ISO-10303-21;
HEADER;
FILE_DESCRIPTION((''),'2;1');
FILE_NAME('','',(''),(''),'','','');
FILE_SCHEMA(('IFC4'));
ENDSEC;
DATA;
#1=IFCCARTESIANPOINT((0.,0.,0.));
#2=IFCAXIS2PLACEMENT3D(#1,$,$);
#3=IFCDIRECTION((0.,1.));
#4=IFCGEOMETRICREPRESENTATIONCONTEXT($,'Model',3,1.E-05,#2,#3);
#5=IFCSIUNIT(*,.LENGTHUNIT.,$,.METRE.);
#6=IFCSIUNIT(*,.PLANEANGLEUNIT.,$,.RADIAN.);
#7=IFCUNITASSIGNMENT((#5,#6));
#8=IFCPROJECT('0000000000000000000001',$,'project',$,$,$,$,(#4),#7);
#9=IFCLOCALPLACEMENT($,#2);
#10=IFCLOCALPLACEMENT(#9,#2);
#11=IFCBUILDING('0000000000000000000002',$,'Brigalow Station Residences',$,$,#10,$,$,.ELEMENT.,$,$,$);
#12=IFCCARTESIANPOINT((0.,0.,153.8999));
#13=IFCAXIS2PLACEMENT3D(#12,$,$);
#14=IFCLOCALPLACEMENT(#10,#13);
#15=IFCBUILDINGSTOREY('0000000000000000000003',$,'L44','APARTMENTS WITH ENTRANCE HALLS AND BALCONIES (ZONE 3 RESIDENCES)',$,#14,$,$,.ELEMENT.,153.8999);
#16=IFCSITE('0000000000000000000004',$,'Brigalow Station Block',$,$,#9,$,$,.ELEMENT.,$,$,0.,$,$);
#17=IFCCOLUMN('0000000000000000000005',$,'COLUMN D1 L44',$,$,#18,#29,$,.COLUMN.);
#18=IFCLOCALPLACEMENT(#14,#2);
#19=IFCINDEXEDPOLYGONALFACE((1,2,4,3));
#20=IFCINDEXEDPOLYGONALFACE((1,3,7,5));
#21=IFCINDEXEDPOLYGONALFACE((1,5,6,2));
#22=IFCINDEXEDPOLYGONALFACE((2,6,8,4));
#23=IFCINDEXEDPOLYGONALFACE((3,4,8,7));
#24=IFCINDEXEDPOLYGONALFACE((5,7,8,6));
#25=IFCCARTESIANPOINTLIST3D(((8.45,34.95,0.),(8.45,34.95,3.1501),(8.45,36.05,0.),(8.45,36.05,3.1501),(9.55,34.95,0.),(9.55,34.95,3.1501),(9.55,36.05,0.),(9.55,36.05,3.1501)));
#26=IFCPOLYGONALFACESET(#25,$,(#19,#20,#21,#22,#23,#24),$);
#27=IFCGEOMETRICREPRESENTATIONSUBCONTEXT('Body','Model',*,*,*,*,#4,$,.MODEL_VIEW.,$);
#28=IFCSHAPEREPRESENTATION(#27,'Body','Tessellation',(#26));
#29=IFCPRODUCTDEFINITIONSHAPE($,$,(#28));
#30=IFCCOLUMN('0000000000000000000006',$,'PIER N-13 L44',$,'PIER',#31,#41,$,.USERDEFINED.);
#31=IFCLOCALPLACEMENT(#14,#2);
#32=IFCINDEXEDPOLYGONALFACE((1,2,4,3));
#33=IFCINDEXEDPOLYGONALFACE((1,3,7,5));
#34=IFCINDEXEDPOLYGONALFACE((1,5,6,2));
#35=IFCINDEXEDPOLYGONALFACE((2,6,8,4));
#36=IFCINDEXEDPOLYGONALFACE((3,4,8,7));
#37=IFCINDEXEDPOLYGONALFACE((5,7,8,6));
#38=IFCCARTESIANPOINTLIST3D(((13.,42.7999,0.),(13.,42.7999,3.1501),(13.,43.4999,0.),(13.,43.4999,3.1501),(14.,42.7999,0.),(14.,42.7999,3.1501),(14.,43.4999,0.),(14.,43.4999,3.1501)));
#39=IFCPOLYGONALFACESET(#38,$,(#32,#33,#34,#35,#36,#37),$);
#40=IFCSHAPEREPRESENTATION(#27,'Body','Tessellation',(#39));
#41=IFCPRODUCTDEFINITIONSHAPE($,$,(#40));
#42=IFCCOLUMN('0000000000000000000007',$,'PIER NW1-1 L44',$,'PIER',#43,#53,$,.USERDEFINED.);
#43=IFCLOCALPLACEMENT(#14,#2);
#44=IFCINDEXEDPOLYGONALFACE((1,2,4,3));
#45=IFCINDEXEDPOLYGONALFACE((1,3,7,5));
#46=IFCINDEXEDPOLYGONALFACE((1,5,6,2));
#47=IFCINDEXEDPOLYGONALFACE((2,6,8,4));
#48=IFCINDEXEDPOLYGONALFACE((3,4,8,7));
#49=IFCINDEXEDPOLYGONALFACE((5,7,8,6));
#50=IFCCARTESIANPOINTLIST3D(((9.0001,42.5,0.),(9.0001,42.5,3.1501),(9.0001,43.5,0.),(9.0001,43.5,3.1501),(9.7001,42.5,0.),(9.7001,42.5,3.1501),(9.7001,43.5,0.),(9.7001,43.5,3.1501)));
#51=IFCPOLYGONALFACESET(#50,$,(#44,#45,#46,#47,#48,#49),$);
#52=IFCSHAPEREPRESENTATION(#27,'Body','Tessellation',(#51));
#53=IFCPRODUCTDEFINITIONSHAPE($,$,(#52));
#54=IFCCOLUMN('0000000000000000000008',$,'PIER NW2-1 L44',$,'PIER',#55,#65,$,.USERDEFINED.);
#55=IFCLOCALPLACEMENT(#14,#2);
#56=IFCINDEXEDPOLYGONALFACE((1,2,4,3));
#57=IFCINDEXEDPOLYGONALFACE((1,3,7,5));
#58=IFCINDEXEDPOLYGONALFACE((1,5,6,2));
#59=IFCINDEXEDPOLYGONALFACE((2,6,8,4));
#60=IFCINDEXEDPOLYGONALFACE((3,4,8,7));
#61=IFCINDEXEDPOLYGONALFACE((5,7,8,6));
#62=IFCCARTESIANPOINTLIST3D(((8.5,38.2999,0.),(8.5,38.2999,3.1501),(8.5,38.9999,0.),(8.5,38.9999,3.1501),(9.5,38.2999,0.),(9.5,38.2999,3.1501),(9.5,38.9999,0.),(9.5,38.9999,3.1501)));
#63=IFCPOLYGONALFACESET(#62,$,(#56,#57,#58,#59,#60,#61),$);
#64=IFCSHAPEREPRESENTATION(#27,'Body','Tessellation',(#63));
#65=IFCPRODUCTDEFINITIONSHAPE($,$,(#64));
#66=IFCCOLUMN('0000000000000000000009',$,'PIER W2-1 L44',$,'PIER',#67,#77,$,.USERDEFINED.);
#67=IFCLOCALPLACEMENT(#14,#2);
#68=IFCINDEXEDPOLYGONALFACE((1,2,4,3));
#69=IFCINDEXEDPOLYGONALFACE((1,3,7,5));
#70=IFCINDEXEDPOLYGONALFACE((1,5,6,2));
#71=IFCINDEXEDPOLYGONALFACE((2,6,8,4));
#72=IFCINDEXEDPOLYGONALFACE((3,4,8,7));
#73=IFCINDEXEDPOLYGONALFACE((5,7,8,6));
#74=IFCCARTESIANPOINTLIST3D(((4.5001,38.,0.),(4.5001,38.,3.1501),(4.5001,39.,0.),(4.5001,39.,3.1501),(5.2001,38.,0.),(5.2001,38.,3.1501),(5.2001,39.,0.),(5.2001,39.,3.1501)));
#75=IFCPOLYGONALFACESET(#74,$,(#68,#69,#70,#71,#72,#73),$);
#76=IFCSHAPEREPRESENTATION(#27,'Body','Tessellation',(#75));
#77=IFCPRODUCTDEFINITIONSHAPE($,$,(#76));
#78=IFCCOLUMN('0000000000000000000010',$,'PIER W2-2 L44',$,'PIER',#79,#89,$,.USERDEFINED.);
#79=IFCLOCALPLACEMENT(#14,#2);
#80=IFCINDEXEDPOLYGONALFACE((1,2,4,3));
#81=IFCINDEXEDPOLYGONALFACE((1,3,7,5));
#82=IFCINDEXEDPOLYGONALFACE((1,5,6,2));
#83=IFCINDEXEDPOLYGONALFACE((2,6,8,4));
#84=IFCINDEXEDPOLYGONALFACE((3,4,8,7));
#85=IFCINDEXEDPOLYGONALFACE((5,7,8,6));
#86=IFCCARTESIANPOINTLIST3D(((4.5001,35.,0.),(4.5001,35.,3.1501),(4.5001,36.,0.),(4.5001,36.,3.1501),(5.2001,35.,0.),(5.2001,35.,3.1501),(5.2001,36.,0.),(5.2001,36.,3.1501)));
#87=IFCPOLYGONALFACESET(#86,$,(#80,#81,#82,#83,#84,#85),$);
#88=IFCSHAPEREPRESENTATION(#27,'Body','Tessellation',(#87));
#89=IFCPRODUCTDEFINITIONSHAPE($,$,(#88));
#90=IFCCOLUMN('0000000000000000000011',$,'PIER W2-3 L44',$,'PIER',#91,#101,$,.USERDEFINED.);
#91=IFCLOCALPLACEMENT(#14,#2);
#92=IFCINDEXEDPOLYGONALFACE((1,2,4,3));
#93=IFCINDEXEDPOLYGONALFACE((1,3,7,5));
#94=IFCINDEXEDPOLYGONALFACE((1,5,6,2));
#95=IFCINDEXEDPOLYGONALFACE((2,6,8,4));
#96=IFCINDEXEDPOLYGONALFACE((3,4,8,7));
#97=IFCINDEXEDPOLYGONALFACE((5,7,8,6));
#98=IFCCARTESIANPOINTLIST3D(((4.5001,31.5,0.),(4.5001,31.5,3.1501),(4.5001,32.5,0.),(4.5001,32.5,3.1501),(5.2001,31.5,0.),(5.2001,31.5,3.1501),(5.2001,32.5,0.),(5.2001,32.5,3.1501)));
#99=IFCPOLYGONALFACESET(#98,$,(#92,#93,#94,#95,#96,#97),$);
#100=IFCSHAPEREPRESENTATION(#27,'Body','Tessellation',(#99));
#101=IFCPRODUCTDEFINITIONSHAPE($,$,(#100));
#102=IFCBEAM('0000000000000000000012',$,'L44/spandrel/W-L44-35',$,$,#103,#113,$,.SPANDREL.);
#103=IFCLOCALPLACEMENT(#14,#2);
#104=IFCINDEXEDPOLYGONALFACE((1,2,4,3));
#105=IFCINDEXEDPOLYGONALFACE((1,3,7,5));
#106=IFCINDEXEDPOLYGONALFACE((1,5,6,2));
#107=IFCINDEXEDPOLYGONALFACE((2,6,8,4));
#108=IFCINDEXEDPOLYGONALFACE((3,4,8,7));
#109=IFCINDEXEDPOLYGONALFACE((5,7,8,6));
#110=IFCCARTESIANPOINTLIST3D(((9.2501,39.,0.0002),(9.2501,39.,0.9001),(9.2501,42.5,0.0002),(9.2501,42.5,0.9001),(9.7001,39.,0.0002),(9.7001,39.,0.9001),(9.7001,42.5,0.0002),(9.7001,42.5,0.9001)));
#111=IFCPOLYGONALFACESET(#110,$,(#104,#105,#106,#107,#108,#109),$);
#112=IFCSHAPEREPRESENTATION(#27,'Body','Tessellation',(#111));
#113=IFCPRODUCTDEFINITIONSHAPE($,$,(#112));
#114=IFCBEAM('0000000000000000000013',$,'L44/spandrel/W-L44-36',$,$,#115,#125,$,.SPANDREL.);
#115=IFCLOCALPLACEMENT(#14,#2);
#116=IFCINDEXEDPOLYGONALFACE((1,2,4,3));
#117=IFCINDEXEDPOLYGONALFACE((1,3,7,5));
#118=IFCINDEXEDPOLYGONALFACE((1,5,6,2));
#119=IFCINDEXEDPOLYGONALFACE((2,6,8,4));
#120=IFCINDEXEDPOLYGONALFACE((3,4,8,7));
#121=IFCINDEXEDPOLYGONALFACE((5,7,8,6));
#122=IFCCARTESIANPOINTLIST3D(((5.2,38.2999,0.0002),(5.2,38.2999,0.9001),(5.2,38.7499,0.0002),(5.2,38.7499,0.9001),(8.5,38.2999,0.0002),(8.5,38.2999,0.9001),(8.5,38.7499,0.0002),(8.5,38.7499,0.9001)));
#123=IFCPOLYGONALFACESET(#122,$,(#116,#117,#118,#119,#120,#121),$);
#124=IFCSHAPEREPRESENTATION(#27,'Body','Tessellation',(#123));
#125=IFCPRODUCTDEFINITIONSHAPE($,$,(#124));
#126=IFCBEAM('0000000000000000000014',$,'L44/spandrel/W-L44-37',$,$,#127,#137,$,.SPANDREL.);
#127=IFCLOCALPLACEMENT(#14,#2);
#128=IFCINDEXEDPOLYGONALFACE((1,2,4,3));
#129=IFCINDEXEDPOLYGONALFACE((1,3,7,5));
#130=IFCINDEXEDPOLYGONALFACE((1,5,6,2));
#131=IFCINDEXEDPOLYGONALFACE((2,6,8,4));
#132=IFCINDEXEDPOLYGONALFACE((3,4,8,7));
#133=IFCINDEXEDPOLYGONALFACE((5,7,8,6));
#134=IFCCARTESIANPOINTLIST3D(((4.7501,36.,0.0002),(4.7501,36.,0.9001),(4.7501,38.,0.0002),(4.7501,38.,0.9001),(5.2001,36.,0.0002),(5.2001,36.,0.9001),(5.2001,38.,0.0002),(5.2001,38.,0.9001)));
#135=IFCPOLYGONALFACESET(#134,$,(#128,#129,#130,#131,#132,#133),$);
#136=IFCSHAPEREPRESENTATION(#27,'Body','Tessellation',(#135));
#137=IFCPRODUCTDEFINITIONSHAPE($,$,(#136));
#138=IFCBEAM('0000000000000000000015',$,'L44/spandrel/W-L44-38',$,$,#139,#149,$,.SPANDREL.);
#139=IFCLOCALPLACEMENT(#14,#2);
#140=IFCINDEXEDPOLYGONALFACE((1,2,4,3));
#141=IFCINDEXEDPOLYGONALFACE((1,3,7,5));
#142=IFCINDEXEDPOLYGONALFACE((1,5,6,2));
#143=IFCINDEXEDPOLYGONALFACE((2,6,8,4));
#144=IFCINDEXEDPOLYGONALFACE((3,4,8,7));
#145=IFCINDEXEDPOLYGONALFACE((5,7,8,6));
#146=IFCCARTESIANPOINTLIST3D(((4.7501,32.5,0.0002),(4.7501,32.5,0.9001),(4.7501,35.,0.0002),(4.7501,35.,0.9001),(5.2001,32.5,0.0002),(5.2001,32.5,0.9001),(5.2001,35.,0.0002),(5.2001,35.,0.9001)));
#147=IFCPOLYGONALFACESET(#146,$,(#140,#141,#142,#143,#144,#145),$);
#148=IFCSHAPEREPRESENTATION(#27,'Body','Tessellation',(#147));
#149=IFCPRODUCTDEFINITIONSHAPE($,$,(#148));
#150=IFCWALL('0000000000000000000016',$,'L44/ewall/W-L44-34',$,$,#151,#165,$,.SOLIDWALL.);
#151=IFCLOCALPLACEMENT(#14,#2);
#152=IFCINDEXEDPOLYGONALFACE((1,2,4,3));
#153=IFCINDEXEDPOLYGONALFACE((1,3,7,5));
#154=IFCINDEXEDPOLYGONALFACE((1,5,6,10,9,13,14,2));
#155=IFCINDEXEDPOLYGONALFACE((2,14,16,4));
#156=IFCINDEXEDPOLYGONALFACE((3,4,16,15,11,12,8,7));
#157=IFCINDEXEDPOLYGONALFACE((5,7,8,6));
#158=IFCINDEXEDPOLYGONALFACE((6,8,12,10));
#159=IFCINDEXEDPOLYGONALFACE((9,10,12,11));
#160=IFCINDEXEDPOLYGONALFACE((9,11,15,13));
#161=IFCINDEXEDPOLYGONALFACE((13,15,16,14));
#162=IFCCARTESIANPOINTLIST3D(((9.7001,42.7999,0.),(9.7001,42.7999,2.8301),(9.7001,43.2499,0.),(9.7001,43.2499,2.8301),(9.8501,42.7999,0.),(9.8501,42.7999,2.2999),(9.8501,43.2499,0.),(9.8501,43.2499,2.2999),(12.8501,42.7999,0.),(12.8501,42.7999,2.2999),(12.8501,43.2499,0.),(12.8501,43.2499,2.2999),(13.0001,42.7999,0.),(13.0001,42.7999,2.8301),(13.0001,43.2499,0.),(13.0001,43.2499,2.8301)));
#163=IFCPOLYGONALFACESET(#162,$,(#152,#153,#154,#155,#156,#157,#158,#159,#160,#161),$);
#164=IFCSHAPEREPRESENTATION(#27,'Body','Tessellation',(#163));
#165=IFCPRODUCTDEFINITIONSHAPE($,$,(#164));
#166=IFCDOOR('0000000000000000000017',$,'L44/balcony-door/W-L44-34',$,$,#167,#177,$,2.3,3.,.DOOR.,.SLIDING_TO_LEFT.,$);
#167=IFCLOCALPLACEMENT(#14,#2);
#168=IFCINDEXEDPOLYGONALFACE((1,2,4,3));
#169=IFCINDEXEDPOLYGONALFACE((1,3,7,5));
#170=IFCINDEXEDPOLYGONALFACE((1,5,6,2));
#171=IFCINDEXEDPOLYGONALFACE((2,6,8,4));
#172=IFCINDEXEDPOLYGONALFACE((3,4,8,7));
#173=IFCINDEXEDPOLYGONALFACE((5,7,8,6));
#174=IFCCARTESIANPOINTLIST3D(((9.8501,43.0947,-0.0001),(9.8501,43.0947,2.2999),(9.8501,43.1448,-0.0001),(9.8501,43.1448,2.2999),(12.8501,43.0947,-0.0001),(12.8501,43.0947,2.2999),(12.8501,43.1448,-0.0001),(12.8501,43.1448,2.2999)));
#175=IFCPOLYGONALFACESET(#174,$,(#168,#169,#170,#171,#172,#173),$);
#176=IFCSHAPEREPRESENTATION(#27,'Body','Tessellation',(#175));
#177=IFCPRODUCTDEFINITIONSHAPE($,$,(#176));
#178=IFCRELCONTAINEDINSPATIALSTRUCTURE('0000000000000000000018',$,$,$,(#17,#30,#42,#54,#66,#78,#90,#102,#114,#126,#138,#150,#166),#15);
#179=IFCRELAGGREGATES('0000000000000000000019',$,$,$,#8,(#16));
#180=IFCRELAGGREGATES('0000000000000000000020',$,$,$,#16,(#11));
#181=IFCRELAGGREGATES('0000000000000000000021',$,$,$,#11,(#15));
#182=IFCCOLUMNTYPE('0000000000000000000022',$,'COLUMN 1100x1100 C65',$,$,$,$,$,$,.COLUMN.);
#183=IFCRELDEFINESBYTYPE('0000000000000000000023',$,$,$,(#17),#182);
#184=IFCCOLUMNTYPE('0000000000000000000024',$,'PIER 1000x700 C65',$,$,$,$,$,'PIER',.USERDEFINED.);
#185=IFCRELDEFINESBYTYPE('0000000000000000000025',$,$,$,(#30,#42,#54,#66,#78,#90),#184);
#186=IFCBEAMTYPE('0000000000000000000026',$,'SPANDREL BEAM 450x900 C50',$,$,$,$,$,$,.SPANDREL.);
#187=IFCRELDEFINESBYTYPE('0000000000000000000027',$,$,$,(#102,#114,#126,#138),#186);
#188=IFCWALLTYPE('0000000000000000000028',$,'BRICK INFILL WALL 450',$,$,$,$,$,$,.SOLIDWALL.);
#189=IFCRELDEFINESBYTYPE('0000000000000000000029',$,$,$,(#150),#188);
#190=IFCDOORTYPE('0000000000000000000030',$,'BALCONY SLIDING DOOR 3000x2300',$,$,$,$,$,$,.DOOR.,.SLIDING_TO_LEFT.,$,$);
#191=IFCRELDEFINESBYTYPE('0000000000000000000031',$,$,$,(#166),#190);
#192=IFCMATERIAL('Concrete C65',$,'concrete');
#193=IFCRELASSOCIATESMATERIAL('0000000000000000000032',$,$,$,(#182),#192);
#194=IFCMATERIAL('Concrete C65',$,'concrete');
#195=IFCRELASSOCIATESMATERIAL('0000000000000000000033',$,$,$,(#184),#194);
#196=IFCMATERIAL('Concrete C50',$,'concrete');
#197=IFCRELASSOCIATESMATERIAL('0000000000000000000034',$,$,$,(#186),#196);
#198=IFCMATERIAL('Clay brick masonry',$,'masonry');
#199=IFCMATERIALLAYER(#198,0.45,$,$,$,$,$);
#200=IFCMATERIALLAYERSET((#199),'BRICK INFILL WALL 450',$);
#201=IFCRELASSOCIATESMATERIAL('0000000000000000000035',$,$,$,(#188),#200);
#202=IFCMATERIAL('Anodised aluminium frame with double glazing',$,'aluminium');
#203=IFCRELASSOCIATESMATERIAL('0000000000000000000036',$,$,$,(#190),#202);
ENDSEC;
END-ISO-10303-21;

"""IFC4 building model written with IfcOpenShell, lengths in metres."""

from ifc_helpers import new_model, si_unit, direction, frame, frame_2d, origin, origin_2d, place, context, subcontext, project, spatial, rectangle, extrude, material, layer, layer_set, material_profile, profile_set, type_object, element, fill, save


model = new_model("IFC4")

# Units and contexts
model_context = context("Model", 3, precision=1e-05, world=origin(), true_north=direction((0.0, 1.0)))
body_context = subcontext(model_context, "Body", "Model", "MODEL_VIEW")
ifc_project = project(units=[si_unit("LENGTHUNIT", "METRE"), si_unit("PLANEANGLEUNIT", "RADIAN")], contexts=[model_context])

# Site, building, storey
site_placement = place(None, origin())
site = spatial("IfcSite", under=ifc_project, at=site_placement, Name="Brigalow Station Block", CompositionType="ELEMENT", RefElevation=0.0)
building_placement = place(site_placement, origin())
building = spatial("IfcBuilding", under=site, at=building_placement, Name="Brigalow Station Residences", CompositionType="ELEMENT")
storey_placement = place(building_placement, frame((0.0, 0.0, 153.8999)))
storey = spatial("IfcBuildingStorey", under=building, at=storey_placement, Name="L44", Description="APARTMENTS WITH ENTRANCE HALLS AND BALCONIES (ZONE 3 RESIDENCES)", CompositionType="ELEMENT", Elevation=153.8999)

# Columns
ifc_material_1 = material(Name="Concrete C65", Category="concrete")
ifc_material_profile_1 = material_profile(ifc_material_1, rectangle(XDim=1.1001, YDim=1.1001, at=origin_2d()), Name="RC1100x1100")
ifc_profile_set_1 = profile_set([ifc_material_profile_1], Name="Concrete C65")
column_type_1 = type_object("IfcColumnType", Name="COLUMN 1100x1100 C65", PredefinedType="COLUMN", material=ifc_profile_set_1)
column_placement = place(storey_placement, frame((9.0, 35.5, 0.0), z_axis=(0.0, 0.0, 1.0), x_axis=(1.0, 0.0, 0.0)))
element("IfcColumn", 1, at=column_placement, inside=storey, type_object=column_type_1, Name="COLUMN D1 L44", PredefinedType="COLUMN", context=body_context, shape_type="SweptSolid", body=[
    extrude(rectangle(XDim=1.1001, YDim=1.1001, at=origin_2d()), origin(), (0.0, 0.0, 1.0), 3.1501),
])
ifc_material_2 = material(Name="Concrete C65", Category="concrete")
ifc_material_profile_2 = material_profile(ifc_material_2, rectangle(XDim=1.0, YDim=0.7, at=origin_2d()), Name="RC1000x700")
ifc_profile_set_2 = profile_set([ifc_material_profile_2], Name="Concrete C65")
column_type_2 = type_object("IfcColumnType", Name="PIER 1000x700 C65", ElementType="PIER", PredefinedType="USERDEFINED", material=ifc_profile_set_2)
for number, where, z_axis, x_axis, name in (
    (2, (13.5, 43.1499, 0.0), (0.0, 0.0, 1.0), (-1.0, 0.0, 0.0), "PIER N-13 L44"),
    (3, (9.3501, 43.0, 0.0), (0.0, 0.0, 1.0), (0.0, -1.0, 0.0), "PIER NW1-1 L44"),
    (4, (9.0, 38.6499, 0.0), (0.0, 0.0, 1.0), (-1.0, 0.0, 0.0), "PIER NW2-1 L44"),
    (5, (4.8501, 38.5, 0.0), (0.0, 0.0, 1.0), (0.0, -1.0, 0.0), "PIER W2-1 L44"),
    (6, (4.8501, 35.5, 0.0), (0.0, 0.0, 1.0), (0.0, -1.0, 0.0), "PIER W2-2 L44"),
    (7, (4.8501, 32.0, 0.0), (0.0, 0.0, 1.0), (0.0, -1.0, 0.0), "PIER W2-3 L44"),
):
    element("IfcColumn", number, at=place(storey_placement, frame(where, z_axis=z_axis, x_axis=x_axis)), inside=storey, type_object=column_type_2, Name=name, ObjectType="PIER", PredefinedType="USERDEFINED", context=body_context, shape_type="SweptSolid", body=[
        extrude(rectangle(XDim=1.0, YDim=0.7, at=origin_2d()), origin(), (0.0, 0.0, 1.0), 3.1501),
    ])

# Beams
ifc_material_3 = material(Name="Concrete C50", Category="concrete")
ifc_material_profile_3 = material_profile(ifc_material_3, rectangle(XDim=0.45, YDim=0.8999, at=origin_2d()), Name="RC450x900")
ifc_profile_set_3 = profile_set([ifc_material_profile_3], Name="Concrete C50")
beam_type = type_object("IfcBeamType", Name="SPANDREL BEAM 450x900 C50", PredefinedType="SPANDREL", material=ifc_profile_set_3)
beam_1_placement = place(storey_placement, frame((9.4751, 42.5, 0.4502), z_axis=(0.0, -1.0, 0.0), x_axis=(1.0, 0.0, 0.0)))
element("IfcBeam", 8, at=beam_1_placement, inside=storey, type_object=beam_type, Name="L44/spandrel/W-L44-35", PredefinedType="SPANDREL", context=body_context, shape_type="SweptSolid", body=[
    extrude(rectangle(XDim=0.45, YDim=0.8999, at=origin_2d()), origin(), (0.0, 0.0, 1.0), 3.5),
])
beam_2_placement = place(storey_placement, frame((8.5, 38.5249, 0.4502), z_axis=(-1.0, 0.0, 0.0), x_axis=(0.0, -1.0, 0.0)))
element("IfcBeam", 9, at=beam_2_placement, inside=storey, type_object=beam_type, Name="L44/spandrel/W-L44-36", PredefinedType="SPANDREL", context=body_context, shape_type="SweptSolid", body=[
    extrude(rectangle(XDim=0.45, YDim=0.8999, at=origin_2d()), origin(), (0.0, 0.0, 1.0), 3.3),
])
beam_3_placement = place(storey_placement, frame((4.9751, 38.0, 0.4502), z_axis=(0.0, -1.0, 0.0), x_axis=(1.0, 0.0, 0.0)))
element("IfcBeam", 10, at=beam_3_placement, inside=storey, type_object=beam_type, Name="L44/spandrel/W-L44-37", PredefinedType="SPANDREL", context=body_context, shape_type="SweptSolid", body=[
    extrude(rectangle(XDim=0.45, YDim=0.8999, at=origin_2d()), origin(), (0.0, 0.0, 1.0), 2.0),
])
beam_4_placement = place(storey_placement, frame((4.9751, 35.0, 0.4502), z_axis=(0.0, -1.0, 0.0), x_axis=(1.0, 0.0, 0.0)))
element("IfcBeam", 11, at=beam_4_placement, inside=storey, type_object=beam_type, Name="L44/spandrel/W-L44-38", PredefinedType="SPANDREL", context=body_context, shape_type="SweptSolid", body=[
    extrude(rectangle(XDim=0.45, YDim=0.8999, at=origin_2d()), origin(), (0.0, 0.0, 1.0), 2.5),
])

# Wall, opening, door
ifc_material_4 = material(Name="Clay brick masonry", Category="masonry")
ifc_layer_1 = layer(ifc_material_4, 0.45)
ifc_layer_set_1 = layer_set([ifc_layer_1], Name="BRICK INFILL WALL 450")
wall_type_1 = type_object("IfcWallType", Name="BRICK INFILL WALL 450", PredefinedType="SOLIDWALL", material=ifc_layer_set_1)
wall_1_placement = place(storey_placement, frame((13.0, 43.0249, 0.0), z_axis=(0.0, 0.0, 1.0), x_axis=(-1.0, 0.0, 0.0)))
wall_1 = element("IfcWall", 12, at=wall_1_placement, inside=storey, type_object=wall_type_1, Name="L44/ewall/W-L44-34", PredefinedType="SOLIDWALL", context=body_context, shape_type="SweptSolid", body=[
    extrude(rectangle(XDim=3.3, YDim=0.45, at=frame_2d((1.6499, 0.0))), origin(), (0.0, 0.0, 1.0), 2.8301),
])
opening_1_placement = place(wall_1_placement, frame((0.1499, 0.0, 0.0)))
opening_1 = element("IfcOpeningElement", 13, at=opening_1_placement, cuts=wall_1, PredefinedType="OPENING", context=body_context, shape_type="SweptSolid", body=[
    extrude(rectangle(XDim=3.0, YDim=2.3, at=frame_2d((1.5, 1.1499))), frame((0.0, 0.2349, 0.0), z_axis=(0.0, -1.0, 0.0), x_axis=(1.0, 0.0, 0.0)), (0.0, 0.0, 1.0), 0.47),
])
ifc_material_5 = material(Name="Anodised aluminium frame with double glazing", Category="aluminium")
door_type_1 = type_object("IfcDoorType", Name="BALCONY SLIDING DOOR 3000x2300", OperationType="SLIDING_TO_LEFT", PredefinedType="DOOR", material=ifc_material_5)
door_1_placement = place(opening_1_placement, origin())
door_1 = element("IfcDoor", 14, at=door_1_placement, inside=storey, type_object=door_type_1, Name="L44/balcony-door/W-L44-34", OperationType="SLIDING_TO_LEFT", OverallHeight=2.3, OverallWidth=3.0, PredefinedType="DOOR", context=body_context, shape_type="SweptSolid", body=[
    extrude(rectangle(XDim=3.0, YDim=2.3, at=frame_2d((1.5, 1.1499))), frame((0.0, -0.0698, 0.0), z_axis=(0.0, -1.0, 0.0), x_axis=(1.0, 0.0, 0.0)), (0.0, 0.0, 1.0), 0.05),
])
fill(opening_1, door_1)

save(model, "model.ifc")
